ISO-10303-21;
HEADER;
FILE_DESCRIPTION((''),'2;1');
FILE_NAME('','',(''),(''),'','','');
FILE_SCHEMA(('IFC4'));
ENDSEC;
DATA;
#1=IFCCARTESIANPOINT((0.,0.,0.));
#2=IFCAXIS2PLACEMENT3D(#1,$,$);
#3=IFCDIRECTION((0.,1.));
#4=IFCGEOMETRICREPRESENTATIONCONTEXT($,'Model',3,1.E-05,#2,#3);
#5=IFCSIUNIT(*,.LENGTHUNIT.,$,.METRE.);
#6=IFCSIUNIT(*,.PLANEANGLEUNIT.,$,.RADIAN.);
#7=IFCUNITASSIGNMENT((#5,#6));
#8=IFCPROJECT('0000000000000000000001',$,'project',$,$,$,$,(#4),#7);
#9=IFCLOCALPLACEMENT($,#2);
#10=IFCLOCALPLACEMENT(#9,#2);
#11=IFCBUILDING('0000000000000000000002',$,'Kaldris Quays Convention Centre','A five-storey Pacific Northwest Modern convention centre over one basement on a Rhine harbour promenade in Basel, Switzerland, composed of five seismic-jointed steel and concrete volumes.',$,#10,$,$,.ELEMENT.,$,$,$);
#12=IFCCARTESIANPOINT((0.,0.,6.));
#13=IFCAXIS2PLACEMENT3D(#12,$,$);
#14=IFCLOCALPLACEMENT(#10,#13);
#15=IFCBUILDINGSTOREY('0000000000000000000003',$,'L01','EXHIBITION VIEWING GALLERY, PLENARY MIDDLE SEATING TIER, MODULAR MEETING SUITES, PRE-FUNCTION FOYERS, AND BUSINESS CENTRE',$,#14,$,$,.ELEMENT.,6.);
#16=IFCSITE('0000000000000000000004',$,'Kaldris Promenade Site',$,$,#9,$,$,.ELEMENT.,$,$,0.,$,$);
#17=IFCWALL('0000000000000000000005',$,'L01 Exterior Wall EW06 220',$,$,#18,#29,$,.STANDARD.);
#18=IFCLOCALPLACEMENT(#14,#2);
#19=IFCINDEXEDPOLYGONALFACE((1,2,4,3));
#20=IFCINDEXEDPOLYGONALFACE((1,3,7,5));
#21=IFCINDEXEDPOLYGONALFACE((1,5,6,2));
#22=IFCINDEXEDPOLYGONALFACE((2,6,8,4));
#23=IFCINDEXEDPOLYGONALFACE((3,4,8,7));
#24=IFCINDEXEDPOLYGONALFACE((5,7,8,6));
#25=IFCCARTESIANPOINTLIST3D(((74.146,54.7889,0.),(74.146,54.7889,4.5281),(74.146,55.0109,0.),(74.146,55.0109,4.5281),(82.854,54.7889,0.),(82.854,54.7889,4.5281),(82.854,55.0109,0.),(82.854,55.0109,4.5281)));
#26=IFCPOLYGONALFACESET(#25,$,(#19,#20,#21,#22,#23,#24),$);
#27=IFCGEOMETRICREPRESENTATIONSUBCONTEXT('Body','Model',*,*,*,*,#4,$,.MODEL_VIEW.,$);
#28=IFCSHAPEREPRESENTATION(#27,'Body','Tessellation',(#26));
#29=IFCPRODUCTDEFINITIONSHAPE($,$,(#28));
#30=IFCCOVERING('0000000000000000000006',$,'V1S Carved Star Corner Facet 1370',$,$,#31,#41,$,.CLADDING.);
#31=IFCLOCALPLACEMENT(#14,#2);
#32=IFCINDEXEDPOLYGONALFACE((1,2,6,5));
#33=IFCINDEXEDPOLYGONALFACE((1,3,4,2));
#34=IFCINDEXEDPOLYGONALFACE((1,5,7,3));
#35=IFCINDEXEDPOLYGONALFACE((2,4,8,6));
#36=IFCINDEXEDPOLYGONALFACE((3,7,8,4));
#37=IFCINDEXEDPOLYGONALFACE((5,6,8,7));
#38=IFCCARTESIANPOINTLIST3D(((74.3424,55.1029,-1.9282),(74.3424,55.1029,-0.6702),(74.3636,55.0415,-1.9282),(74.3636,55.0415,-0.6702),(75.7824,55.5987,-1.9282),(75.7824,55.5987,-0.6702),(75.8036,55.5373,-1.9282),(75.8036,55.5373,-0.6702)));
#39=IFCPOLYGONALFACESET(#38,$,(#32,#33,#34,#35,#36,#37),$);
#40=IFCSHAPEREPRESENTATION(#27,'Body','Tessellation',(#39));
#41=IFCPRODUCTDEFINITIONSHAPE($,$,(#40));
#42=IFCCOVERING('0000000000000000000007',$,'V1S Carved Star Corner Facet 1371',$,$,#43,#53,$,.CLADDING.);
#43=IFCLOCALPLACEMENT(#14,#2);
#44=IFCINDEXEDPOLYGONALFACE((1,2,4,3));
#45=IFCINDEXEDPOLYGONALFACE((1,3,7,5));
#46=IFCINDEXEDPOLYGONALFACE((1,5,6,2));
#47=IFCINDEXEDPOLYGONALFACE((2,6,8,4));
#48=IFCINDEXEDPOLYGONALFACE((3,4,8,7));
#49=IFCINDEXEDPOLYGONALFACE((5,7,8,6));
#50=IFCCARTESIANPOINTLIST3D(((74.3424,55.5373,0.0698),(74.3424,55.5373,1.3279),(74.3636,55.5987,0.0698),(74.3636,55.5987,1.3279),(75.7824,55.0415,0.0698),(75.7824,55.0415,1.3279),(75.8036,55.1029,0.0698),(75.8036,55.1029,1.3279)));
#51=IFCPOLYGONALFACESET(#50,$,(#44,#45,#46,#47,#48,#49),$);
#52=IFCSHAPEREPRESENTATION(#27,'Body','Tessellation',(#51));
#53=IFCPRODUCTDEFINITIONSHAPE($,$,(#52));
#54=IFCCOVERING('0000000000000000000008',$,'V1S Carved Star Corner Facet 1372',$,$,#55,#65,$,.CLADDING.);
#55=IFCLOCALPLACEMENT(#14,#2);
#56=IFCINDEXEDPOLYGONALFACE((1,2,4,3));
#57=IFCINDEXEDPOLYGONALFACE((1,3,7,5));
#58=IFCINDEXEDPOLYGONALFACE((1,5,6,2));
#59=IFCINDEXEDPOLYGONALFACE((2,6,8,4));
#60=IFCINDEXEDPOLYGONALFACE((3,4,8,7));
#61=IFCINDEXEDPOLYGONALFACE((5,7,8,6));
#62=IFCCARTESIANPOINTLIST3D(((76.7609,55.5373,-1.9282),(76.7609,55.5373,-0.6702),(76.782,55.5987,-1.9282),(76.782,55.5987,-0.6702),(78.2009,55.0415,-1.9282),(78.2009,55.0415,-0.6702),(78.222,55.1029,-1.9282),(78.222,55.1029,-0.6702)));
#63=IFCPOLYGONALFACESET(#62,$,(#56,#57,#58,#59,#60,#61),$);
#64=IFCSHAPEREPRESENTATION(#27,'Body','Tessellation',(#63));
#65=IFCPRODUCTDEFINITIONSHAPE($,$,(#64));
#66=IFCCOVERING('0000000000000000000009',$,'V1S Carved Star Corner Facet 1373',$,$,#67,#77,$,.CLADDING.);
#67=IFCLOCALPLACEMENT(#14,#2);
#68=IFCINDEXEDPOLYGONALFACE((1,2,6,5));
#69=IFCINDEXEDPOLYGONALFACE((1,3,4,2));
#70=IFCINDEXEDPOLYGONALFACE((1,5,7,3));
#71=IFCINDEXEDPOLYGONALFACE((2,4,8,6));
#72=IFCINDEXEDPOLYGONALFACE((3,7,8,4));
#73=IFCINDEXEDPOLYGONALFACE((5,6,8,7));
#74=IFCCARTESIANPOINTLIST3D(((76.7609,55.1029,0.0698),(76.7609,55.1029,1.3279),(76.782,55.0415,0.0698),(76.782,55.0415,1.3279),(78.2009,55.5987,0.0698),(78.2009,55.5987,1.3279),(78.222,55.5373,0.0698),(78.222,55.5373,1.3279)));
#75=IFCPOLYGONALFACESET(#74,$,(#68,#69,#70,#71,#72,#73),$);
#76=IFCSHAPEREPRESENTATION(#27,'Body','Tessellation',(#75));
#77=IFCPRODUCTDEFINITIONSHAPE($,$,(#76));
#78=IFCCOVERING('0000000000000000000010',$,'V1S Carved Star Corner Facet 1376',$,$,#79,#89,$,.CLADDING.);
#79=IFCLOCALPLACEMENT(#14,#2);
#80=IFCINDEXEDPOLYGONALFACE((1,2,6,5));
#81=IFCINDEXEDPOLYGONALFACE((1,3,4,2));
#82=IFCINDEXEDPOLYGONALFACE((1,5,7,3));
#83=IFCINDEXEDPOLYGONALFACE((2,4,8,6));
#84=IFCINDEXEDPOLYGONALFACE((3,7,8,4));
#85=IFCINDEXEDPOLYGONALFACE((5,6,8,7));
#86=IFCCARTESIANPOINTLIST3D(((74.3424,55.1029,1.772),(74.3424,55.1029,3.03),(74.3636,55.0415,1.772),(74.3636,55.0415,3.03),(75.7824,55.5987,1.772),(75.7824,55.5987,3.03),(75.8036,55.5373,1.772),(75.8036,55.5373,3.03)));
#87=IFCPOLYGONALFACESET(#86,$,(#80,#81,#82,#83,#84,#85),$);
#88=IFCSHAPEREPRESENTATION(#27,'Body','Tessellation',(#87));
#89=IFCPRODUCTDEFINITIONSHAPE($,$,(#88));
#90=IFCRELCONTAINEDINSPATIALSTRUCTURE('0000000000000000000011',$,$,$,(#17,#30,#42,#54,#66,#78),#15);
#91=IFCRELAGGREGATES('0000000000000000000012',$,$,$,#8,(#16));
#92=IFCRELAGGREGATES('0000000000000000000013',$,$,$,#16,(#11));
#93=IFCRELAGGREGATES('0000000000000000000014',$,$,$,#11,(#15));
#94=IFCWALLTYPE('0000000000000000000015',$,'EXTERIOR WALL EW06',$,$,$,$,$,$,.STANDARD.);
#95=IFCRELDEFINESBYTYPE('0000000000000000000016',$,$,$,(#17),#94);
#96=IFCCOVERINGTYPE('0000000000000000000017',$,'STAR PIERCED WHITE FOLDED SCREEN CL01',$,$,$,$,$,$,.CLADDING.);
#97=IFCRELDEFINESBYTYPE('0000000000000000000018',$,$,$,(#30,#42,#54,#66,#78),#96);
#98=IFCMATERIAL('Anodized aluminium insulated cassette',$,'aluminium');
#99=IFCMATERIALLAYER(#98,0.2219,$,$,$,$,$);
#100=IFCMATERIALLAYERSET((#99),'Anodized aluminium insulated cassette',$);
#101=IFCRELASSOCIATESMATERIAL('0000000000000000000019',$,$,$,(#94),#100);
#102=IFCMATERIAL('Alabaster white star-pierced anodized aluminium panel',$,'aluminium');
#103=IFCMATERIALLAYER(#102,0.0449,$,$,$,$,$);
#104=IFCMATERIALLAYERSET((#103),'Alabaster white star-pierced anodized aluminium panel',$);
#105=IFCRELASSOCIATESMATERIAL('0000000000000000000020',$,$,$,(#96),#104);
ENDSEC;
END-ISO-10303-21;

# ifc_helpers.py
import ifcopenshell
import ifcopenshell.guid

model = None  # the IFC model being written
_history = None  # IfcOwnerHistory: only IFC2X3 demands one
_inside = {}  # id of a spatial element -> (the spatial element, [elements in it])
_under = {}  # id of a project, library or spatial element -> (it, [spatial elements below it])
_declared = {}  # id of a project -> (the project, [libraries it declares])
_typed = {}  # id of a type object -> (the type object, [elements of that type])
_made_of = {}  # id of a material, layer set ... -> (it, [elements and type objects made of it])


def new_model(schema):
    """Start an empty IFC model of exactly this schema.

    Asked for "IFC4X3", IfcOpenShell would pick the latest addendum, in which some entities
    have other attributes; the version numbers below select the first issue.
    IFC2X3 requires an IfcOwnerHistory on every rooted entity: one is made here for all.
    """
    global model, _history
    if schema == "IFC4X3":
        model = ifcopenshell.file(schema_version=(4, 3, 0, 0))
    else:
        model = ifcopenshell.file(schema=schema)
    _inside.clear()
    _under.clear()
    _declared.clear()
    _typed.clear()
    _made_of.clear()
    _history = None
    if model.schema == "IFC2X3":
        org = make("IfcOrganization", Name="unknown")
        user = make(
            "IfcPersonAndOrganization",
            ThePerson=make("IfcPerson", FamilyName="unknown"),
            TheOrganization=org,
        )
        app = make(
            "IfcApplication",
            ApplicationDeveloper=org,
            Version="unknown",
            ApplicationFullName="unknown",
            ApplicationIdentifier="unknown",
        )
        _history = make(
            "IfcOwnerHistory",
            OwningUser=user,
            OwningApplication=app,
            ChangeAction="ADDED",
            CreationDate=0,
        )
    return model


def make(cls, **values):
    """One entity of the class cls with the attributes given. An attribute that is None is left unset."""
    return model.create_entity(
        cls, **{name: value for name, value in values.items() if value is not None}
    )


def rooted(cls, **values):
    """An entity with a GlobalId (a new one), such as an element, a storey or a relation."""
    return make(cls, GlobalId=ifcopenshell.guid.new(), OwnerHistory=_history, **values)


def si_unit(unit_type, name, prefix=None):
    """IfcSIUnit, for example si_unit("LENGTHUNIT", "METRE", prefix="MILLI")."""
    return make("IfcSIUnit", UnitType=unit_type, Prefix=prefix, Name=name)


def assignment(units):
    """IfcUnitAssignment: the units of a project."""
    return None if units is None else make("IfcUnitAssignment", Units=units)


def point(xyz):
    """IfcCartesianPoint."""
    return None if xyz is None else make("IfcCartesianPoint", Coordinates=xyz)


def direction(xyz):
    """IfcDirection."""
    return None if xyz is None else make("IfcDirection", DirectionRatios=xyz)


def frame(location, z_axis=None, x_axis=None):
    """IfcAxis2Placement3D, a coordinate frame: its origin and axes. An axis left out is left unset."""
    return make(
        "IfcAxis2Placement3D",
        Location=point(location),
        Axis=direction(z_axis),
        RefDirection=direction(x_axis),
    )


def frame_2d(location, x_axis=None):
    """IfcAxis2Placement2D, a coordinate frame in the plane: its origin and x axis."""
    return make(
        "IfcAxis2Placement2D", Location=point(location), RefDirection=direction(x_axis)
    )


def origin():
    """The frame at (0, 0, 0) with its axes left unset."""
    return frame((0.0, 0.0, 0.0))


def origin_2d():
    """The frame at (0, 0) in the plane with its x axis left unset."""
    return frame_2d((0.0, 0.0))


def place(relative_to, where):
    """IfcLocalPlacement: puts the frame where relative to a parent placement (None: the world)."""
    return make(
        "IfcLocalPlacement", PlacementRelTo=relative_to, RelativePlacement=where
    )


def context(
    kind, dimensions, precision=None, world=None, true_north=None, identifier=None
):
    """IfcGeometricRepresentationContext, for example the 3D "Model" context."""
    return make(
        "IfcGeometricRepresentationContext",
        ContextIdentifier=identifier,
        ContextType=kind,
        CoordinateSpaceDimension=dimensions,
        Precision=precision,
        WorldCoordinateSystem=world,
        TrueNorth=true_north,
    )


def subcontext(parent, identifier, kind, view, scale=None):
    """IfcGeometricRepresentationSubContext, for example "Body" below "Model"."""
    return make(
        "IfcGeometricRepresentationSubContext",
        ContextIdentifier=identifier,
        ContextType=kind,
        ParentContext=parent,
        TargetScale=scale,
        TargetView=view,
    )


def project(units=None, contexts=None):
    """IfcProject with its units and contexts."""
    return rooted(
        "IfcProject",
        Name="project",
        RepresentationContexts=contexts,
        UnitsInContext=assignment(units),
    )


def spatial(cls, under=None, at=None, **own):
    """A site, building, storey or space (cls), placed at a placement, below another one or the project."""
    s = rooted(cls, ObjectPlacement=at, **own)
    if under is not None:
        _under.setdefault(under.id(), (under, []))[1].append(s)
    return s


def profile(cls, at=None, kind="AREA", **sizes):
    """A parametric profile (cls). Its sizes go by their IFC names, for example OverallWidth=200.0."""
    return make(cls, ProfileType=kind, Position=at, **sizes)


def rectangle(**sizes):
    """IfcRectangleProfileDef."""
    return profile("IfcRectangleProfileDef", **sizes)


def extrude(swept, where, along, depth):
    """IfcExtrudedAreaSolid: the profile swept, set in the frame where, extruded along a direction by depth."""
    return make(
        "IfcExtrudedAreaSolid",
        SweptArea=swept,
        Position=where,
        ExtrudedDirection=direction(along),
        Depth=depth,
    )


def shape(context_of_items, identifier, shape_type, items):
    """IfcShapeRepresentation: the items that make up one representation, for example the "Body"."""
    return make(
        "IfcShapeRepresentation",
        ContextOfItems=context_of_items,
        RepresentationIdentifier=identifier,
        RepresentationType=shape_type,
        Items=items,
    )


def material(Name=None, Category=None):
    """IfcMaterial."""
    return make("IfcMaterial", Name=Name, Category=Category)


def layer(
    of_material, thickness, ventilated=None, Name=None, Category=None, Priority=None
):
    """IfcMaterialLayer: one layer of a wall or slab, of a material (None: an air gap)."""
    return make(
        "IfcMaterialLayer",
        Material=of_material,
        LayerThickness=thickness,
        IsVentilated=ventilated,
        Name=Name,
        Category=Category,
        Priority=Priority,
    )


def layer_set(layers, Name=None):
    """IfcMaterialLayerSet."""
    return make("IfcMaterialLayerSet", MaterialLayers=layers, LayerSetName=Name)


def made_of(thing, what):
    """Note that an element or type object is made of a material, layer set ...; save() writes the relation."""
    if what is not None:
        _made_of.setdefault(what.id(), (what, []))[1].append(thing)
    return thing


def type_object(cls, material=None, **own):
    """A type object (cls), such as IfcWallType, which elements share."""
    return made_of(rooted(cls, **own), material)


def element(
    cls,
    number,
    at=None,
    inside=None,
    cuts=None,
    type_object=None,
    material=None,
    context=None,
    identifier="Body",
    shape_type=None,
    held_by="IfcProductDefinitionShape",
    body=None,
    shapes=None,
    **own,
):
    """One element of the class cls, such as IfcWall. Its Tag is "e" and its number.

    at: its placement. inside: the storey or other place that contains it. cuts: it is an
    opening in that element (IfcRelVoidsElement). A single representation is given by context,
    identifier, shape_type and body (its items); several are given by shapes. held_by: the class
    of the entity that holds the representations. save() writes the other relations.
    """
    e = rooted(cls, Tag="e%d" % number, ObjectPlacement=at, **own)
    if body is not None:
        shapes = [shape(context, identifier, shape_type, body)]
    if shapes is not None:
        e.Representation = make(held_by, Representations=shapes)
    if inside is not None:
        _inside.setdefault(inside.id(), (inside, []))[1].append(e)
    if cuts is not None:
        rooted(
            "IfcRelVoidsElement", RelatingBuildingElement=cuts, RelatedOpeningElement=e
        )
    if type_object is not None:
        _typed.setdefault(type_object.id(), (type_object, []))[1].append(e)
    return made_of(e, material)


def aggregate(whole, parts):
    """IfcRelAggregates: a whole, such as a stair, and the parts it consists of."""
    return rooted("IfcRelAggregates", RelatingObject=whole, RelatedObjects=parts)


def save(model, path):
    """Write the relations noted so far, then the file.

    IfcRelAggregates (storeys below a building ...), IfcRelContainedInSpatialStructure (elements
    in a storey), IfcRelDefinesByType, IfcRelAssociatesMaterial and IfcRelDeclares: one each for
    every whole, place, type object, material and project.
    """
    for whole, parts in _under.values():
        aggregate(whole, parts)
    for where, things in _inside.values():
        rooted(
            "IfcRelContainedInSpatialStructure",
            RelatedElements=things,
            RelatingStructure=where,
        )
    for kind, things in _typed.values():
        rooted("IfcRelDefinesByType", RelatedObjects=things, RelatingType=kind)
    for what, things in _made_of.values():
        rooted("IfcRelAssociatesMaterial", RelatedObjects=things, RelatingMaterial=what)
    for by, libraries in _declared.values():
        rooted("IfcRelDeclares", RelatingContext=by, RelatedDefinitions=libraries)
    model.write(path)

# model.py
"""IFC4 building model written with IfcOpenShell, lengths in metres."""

from ifc_helpers import new_model, si_unit, direction, frame, frame_2d, origin, origin_2d, place, context, subcontext, project, spatial, rectangle, extrude, material, layer, layer_set, type_object, element, save


model = new_model("IFC4")

# Units and contexts
model_context = context("Model", 3, precision=1e-05, world=origin(), true_north=direction((0.0, 1.0)))
body_context = subcontext(model_context, "Body", "Model", "MODEL_VIEW")
ifc_project = project(units=[si_unit("LENGTHUNIT", "METRE"), si_unit("PLANEANGLEUNIT", "RADIAN")], contexts=[model_context])

# Site, building, storey
site_placement = place(None, origin())
site = spatial("IfcSite", under=ifc_project, at=site_placement, Name="Kaldris Promenade Site", CompositionType="ELEMENT", RefElevation=0.0)
building_placement = place(site_placement, origin())
building = spatial("IfcBuilding", under=site, at=building_placement, Name="Kaldris Quays Convention Centre", Description="A five-storey Pacific Northwest Modern convention centre over one basement on a Rhine harbour promenade in Basel, Switzerland, composed of five seismic-jointed steel and concrete volumes.", CompositionType="ELEMENT")
storey_placement = place(building_placement, frame((0.0, 0.0, 6.0)))
storey = spatial("IfcBuildingStorey", under=building, at=storey_placement, Name="L01", Description="EXHIBITION VIEWING GALLERY, PLENARY MIDDLE SEATING TIER, MODULAR MEETING SUITES, PRE-FUNCTION FOYERS, AND BUSINESS CENTRE", CompositionType="ELEMENT", Elevation=6.0)

# Wall
ifc_material_1 = material(Name="Anodized aluminium insulated cassette", Category="aluminium")
ifc_layer_1 = layer(ifc_material_1, 0.2219)
ifc_layer_set_1 = layer_set([ifc_layer_1], Name="Anodized aluminium insulated cassette")
wall_type = type_object("IfcWallType", Name="EXTERIOR WALL EW06", PredefinedType="STANDARD", material=ifc_layer_set_1)
wall_placement = place(storey_placement, frame((74.146, 54.8999, 0.0), z_axis=(0.0, 0.0, 1.0), x_axis=(1.0, 0.0, 0.0)))
element("IfcWall", 1, at=wall_placement, inside=storey, type_object=wall_type, Name="L01 Exterior Wall EW06 220", PredefinedType="STANDARD", context=body_context, shape_type="SweptSolid", body=[
    extrude(rectangle(XDim=8.708, YDim=0.2219, at=frame_2d((4.354, 0.0))), origin(), (0.0, 0.0, 1.0), 4.5281),
])

# Coverings
ifc_material_2 = material(Name="Alabaster white star-pierced anodized aluminium panel", Category="aluminium")
ifc_layer_2 = layer(ifc_material_2, 0.0449)
ifc_layer_set_2 = layer_set([ifc_layer_2], Name="Alabaster white star-pierced anodized aluminium panel")
covering_type = type_object("IfcCoveringType", Name="STAR PIERCED WHITE FOLDED SCREEN CL01", PredefinedType="CLADDING", material=ifc_layer_set_2)
for number, where, z_axis, x_axis, name in (
    (2, (75.073, 55.3201, -1.9282), (0.0, 0.0, 1.0), (0.945519, 0.325568, 0.0), "V1S Carved Star Corner Facet 1370"),
    (3, (75.073, 55.3201, 0.0698), (0.0, 0.0, 1.0), (0.945519, -0.325568, 0.0), "V1S Carved Star Corner Facet 1371"),
    (4, (77.4915, 55.3201, -1.9282), (0.0, 0.0, 1.0), (0.945519, -0.325568, 0.0), "V1S Carved Star Corner Facet 1372"),
    (5, (77.4915, 55.3201, 0.0698), (0.0, 0.0, 1.0), (0.945519, 0.325568, 0.0), "V1S Carved Star Corner Facet 1373"),
    (6, (75.073, 55.3201, 1.772), (0.0, 0.0, 1.0), (0.945519, 0.325568, 0.0), "V1S Carved Star Corner Facet 1376"),
):
    element("IfcCovering", number, at=place(storey_placement, frame(where, z_axis=z_axis, x_axis=x_axis)), inside=storey, type_object=covering_type, Name=name, PredefinedType="CLADDING", context=body_context, shape_type="SweptSolid", body=[
        extrude(rectangle(XDim=1.5229, YDim=0.0649, at=origin_2d()), origin(), (0.0, 0.0, 1.0), 1.2581),
    ])

save(model, "model.ifc")
